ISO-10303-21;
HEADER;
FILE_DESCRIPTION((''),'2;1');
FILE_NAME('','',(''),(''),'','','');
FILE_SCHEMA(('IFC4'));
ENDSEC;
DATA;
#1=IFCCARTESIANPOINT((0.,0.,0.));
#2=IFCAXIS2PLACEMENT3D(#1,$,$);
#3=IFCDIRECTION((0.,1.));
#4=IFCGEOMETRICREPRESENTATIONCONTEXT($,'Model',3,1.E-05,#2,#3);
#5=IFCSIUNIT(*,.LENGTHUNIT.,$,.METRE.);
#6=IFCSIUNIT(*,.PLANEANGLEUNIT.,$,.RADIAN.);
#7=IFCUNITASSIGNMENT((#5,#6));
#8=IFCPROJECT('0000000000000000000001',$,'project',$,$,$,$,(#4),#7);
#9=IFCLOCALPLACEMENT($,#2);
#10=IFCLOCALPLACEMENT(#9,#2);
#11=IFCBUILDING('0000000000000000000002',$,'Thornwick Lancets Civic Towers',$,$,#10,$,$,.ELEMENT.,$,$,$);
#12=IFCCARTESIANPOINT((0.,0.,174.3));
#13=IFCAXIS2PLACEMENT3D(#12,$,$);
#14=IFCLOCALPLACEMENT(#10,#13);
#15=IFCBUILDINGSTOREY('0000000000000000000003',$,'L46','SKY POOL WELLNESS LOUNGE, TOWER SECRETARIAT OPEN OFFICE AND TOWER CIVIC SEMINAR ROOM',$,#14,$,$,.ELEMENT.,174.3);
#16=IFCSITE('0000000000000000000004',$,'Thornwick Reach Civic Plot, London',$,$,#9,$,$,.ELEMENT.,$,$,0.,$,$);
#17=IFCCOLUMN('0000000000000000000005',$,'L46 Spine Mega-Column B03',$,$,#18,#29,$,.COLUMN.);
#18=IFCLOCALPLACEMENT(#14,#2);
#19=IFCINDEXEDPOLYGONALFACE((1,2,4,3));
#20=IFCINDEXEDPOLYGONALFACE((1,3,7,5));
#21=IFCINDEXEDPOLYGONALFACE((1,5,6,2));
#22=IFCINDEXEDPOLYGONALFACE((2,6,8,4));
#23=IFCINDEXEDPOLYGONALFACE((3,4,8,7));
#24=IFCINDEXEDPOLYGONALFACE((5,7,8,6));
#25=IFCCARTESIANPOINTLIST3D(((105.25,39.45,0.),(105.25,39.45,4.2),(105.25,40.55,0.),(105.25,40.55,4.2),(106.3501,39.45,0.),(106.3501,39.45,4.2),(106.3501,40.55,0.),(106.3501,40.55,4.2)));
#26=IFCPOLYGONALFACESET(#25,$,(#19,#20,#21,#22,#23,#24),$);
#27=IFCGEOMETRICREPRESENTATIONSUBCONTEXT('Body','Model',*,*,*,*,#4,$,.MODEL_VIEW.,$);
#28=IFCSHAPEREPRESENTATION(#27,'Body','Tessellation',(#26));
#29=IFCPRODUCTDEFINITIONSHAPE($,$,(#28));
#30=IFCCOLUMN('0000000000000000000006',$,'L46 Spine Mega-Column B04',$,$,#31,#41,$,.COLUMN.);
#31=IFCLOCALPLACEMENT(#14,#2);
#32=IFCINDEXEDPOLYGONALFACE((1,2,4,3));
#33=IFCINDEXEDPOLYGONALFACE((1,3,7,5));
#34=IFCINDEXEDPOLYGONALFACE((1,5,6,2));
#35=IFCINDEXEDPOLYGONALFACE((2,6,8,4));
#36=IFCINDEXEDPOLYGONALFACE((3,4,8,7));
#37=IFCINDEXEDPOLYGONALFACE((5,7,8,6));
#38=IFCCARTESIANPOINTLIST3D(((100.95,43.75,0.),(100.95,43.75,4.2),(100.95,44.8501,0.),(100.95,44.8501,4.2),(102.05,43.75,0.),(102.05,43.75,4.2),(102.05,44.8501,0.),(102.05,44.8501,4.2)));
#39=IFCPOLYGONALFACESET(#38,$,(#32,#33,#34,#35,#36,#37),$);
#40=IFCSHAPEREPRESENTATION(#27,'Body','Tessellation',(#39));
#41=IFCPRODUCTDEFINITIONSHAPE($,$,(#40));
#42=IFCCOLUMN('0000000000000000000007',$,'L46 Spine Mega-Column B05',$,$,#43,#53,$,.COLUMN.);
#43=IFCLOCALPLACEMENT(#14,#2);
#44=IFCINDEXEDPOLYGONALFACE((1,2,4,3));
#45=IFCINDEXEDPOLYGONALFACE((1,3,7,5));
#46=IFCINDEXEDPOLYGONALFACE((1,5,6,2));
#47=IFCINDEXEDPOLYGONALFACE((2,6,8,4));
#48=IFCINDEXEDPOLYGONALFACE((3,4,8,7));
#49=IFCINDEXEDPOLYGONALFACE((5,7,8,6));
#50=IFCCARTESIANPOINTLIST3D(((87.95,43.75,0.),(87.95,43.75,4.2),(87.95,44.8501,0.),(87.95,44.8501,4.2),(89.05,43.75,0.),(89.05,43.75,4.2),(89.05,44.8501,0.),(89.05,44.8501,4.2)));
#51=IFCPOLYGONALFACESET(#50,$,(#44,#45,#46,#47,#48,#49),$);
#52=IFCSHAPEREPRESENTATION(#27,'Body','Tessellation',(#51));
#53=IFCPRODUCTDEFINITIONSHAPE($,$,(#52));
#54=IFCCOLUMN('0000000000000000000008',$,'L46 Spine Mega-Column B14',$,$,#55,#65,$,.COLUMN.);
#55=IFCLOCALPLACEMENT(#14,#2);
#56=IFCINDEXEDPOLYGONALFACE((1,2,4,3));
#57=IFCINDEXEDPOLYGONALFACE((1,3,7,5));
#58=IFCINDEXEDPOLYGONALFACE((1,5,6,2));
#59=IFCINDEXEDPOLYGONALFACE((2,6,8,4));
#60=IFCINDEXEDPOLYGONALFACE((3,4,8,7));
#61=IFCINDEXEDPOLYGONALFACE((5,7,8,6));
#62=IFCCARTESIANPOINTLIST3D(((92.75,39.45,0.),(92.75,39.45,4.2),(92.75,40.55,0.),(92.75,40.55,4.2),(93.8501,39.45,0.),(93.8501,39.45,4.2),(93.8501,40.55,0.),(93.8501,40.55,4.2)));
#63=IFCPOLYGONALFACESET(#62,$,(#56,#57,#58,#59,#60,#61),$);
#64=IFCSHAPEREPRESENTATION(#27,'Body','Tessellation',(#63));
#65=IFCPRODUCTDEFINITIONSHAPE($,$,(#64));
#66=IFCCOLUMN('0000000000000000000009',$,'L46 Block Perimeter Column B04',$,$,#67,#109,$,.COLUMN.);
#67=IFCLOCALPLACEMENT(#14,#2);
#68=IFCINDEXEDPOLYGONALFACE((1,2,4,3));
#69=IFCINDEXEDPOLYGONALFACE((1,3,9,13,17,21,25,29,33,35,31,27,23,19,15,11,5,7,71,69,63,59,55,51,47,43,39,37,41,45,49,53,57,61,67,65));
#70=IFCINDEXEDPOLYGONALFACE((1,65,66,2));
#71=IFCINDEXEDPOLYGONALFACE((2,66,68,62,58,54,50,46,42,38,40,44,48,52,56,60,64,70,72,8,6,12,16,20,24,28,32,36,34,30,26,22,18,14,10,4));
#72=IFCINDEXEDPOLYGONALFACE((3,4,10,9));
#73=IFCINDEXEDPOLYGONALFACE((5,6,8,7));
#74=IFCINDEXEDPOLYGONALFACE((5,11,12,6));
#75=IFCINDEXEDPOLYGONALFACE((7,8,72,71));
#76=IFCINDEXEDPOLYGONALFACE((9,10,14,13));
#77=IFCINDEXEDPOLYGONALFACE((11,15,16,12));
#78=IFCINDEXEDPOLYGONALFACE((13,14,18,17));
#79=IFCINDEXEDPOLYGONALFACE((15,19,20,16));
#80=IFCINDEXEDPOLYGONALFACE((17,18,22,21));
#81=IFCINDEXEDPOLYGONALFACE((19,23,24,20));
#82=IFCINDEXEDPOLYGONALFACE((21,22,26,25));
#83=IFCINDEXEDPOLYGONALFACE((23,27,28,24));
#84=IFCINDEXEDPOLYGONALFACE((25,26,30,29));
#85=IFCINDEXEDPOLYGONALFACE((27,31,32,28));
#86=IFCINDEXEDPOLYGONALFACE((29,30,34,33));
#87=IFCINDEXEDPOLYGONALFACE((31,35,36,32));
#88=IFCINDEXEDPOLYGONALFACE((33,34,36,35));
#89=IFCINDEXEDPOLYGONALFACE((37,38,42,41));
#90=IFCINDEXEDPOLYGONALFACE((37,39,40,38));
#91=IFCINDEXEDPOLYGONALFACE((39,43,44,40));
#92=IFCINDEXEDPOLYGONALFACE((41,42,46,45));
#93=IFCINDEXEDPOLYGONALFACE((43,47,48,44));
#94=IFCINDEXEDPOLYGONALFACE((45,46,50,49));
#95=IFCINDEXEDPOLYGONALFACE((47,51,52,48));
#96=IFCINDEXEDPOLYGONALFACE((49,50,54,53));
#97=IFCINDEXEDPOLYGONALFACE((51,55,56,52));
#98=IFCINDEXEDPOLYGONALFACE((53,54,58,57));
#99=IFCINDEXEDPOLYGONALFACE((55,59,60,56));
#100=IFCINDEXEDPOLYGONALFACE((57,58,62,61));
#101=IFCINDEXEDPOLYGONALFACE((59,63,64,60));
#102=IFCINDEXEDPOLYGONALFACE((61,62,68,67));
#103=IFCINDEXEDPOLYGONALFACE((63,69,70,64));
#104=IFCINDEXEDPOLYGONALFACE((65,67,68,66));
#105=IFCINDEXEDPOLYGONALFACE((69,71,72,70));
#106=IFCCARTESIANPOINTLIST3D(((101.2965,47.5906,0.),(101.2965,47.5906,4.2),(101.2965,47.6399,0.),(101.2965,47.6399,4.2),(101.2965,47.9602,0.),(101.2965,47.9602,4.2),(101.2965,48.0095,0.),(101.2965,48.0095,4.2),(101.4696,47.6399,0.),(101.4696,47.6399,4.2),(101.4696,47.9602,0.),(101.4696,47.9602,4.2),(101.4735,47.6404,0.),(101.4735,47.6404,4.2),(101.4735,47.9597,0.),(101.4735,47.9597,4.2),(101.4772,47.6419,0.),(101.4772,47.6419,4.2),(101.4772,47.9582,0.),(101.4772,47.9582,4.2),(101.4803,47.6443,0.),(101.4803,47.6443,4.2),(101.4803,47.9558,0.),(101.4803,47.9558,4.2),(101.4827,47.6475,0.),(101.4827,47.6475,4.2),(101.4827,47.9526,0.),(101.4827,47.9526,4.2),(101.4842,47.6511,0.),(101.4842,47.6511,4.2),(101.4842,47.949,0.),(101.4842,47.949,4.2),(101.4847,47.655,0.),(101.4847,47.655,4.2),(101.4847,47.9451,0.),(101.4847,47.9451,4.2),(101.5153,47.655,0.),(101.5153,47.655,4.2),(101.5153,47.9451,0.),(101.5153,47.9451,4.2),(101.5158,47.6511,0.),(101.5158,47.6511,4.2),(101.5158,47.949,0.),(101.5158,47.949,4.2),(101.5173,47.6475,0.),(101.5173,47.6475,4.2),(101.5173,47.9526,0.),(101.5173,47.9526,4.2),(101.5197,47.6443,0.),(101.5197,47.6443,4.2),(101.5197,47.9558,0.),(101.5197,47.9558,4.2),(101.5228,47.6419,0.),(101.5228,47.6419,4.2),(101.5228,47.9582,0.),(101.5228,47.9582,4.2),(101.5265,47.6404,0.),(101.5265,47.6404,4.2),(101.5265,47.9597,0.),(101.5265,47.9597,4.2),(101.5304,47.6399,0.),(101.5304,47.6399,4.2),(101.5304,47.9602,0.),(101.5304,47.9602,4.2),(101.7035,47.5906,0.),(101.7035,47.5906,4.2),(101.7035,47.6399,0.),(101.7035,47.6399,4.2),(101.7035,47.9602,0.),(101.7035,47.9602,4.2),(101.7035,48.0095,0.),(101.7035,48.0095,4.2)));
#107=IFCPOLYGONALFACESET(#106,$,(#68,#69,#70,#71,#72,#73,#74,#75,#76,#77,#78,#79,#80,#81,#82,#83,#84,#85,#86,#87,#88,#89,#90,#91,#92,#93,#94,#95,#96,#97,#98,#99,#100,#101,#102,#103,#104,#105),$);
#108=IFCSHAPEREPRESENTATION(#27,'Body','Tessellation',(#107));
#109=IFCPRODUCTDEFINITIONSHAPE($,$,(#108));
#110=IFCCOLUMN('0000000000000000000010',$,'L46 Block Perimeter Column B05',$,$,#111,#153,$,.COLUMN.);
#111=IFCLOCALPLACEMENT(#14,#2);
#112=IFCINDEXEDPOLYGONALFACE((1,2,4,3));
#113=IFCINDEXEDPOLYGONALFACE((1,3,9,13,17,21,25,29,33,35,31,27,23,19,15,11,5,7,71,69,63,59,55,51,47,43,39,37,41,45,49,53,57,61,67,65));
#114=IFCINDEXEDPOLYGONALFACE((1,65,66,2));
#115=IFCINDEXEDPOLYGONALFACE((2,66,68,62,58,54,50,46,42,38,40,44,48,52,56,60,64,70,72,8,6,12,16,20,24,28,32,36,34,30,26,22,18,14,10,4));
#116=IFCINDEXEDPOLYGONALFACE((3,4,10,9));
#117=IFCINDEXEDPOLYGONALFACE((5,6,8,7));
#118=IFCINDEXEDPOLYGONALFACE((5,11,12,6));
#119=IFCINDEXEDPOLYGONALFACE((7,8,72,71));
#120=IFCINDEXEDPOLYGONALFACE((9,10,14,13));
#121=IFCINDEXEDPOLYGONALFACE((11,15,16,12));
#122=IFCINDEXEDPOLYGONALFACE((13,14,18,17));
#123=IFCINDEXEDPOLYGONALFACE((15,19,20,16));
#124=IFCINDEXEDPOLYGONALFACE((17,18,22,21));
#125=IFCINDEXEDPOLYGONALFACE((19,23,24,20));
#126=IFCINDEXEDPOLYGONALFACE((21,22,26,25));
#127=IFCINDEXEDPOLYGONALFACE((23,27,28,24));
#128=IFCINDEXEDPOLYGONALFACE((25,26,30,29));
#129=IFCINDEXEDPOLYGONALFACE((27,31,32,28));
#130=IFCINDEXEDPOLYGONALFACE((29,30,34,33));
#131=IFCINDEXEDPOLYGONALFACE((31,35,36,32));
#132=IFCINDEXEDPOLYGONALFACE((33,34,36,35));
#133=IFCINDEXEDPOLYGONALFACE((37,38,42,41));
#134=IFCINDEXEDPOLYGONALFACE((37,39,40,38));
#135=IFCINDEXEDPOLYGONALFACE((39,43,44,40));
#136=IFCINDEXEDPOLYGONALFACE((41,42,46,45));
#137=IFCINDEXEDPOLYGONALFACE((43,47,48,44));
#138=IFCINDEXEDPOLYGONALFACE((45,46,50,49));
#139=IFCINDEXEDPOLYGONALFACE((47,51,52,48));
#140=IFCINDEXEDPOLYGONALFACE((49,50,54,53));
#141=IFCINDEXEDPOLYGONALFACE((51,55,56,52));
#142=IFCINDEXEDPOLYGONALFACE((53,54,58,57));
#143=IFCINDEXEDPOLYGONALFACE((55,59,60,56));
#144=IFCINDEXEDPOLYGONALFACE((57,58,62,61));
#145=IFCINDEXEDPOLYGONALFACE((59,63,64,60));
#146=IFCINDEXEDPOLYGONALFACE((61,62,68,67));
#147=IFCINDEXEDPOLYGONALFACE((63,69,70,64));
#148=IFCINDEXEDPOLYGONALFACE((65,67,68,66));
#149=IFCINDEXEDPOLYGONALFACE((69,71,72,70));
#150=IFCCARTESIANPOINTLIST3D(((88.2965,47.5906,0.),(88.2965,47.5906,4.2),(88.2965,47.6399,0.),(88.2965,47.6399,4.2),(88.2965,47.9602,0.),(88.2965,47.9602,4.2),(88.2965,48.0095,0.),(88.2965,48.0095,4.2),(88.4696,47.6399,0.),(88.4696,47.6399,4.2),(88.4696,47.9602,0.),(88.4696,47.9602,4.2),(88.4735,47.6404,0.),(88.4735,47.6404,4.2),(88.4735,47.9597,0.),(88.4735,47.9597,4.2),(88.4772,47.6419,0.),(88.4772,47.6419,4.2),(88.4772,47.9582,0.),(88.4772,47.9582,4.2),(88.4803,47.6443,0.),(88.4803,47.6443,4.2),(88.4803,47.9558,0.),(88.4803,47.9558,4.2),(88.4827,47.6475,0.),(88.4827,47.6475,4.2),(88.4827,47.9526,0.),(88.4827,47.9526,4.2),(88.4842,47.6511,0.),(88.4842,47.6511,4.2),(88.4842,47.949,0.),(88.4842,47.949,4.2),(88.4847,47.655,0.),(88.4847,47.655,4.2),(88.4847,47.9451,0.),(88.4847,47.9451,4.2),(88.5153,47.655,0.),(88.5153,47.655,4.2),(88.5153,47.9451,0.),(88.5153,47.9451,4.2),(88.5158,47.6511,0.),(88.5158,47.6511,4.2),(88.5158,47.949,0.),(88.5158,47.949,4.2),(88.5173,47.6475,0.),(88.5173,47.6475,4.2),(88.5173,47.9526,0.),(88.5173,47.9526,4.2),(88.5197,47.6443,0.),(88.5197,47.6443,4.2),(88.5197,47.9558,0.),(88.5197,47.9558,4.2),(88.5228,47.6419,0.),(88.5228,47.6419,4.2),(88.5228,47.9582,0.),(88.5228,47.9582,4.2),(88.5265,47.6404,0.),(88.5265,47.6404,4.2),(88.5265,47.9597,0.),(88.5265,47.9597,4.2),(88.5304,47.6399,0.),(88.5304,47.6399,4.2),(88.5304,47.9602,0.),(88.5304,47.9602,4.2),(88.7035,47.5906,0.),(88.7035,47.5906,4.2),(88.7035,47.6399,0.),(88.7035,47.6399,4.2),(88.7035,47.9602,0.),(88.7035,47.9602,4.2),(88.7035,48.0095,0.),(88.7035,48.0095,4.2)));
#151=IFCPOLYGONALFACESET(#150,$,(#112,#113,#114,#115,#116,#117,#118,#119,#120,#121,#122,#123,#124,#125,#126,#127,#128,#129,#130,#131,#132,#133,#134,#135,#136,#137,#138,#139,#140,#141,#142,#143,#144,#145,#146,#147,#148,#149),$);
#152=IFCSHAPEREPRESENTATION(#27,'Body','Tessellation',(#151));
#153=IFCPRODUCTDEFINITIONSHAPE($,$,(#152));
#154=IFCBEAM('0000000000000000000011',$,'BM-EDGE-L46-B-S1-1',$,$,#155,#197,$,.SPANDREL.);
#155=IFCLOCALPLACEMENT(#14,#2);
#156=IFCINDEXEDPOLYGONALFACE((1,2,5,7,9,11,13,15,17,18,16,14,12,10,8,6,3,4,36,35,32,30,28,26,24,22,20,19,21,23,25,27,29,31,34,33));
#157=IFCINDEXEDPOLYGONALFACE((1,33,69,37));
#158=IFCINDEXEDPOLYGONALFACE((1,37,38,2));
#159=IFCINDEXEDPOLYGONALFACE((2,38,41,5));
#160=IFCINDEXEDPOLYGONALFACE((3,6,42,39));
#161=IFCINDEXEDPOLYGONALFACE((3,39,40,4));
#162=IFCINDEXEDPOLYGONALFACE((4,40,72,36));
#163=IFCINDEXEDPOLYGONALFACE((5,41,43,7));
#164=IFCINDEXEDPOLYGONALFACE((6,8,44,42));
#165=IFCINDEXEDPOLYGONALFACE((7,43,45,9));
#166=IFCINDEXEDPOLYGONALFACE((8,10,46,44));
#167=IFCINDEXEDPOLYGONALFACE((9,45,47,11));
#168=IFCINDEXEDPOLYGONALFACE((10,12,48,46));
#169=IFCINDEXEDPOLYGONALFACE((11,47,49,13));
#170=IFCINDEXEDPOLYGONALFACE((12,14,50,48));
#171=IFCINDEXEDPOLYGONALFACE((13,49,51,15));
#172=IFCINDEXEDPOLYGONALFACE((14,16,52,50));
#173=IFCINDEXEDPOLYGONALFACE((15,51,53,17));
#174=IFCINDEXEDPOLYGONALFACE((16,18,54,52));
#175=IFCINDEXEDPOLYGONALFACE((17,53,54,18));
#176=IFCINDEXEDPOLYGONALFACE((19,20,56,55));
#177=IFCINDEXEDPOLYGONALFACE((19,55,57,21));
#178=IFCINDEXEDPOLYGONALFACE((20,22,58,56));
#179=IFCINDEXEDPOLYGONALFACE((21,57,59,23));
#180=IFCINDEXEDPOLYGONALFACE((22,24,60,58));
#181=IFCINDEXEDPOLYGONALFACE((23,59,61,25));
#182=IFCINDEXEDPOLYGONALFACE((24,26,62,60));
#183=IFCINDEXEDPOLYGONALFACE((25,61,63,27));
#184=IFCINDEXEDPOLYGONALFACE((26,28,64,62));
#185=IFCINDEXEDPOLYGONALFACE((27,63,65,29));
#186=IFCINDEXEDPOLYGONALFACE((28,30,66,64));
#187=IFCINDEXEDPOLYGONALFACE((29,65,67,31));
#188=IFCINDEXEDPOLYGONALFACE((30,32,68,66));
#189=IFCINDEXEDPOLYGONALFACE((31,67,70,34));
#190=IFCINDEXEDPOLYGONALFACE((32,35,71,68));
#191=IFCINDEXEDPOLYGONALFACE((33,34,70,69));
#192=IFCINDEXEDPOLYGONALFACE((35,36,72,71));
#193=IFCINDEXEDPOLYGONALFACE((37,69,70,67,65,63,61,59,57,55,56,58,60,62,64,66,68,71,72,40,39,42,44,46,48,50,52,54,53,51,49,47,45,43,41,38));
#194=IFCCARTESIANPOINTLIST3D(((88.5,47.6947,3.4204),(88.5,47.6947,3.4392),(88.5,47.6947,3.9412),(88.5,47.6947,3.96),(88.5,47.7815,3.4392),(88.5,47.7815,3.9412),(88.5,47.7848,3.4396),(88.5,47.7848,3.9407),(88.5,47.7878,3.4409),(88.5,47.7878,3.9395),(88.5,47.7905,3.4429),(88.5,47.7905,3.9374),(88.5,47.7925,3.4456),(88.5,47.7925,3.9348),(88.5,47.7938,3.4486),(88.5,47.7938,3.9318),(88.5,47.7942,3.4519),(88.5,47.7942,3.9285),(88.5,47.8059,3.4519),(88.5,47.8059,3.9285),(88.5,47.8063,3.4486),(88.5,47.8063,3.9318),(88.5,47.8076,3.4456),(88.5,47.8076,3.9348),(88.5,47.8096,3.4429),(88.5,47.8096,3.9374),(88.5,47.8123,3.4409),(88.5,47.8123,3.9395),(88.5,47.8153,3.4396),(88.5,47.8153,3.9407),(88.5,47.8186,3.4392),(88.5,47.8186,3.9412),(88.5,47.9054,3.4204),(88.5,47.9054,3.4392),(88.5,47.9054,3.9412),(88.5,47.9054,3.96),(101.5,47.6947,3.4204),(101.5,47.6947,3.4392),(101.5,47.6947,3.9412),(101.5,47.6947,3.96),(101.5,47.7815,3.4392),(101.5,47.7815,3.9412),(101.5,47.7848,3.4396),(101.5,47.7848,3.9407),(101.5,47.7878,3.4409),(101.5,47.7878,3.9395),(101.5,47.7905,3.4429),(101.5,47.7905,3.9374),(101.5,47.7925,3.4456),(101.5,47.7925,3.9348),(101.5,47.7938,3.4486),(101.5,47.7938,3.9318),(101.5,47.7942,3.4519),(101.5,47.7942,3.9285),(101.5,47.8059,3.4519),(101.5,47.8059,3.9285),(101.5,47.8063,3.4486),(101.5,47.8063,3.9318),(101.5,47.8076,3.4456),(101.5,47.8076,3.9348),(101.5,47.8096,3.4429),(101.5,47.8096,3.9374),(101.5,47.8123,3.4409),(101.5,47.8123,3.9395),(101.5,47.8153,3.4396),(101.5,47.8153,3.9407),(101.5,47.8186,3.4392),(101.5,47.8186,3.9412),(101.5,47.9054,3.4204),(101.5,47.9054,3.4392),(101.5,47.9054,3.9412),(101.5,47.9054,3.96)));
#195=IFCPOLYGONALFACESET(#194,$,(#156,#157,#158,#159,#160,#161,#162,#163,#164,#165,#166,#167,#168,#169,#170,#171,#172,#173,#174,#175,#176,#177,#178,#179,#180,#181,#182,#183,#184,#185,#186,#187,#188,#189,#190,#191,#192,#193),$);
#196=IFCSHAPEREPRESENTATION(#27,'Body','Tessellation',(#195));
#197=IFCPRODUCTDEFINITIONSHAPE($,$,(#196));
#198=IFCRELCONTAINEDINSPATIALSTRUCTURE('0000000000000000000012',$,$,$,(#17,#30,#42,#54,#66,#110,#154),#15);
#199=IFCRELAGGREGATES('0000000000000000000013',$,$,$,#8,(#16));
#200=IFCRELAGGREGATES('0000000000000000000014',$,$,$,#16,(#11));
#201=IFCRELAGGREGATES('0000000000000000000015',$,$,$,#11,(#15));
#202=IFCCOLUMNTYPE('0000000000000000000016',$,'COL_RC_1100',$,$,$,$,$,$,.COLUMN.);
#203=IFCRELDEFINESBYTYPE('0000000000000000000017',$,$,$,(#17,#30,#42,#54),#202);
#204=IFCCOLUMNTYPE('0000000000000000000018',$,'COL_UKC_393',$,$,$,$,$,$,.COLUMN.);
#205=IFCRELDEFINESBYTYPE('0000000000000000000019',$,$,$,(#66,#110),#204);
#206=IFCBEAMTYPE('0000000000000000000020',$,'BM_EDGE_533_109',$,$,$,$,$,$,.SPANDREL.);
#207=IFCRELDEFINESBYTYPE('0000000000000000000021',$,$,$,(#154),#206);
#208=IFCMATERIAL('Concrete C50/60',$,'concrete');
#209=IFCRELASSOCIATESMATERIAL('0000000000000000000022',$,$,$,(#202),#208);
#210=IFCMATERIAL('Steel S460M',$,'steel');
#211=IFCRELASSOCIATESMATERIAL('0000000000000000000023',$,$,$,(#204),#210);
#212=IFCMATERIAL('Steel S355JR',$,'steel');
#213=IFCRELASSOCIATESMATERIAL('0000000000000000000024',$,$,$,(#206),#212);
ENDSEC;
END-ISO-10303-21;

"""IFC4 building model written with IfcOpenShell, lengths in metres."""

from ifc_helpers import new_model, si_unit, direction, frame, origin, origin_2d, place, context, subcontext, project, spatial, rectangle, i_section, extrude, material, material_profile, profile_set, type_object, element, save


model = new_model("IFC4")

# Units and contexts
model_context = context("Model", 3, precision=1e-05, world=origin(), true_north=direction((0.0, 1.0)))
body_context = subcontext(model_context, "Body", "Model", "MODEL_VIEW")
ifc_project = project(units=[si_unit("LENGTHUNIT", "METRE"), si_unit("PLANEANGLEUNIT", "RADIAN")], contexts=[model_context])

# Site, building, storey
site_placement = place(None, origin())
site = spatial("IfcSite", under=ifc_project, at=site_placement, Name="Thornwick Reach Civic Plot, London", CompositionType="ELEMENT", RefElevation=0.0)
building_placement = place(site_placement, origin())
building = spatial("IfcBuilding", under=site, at=building_placement, Name="Thornwick Lancets Civic Towers", CompositionType="ELEMENT")
storey_placement = place(building_placement, frame((0.0, 0.0, 174.3)))
storey = spatial("IfcBuildingStorey", under=building, at=storey_placement, Name="L46", Description="SKY POOL WELLNESS LOUNGE, TOWER SECRETARIAT OPEN OFFICE AND TOWER CIVIC SEMINAR ROOM", CompositionType="ELEMENT", Elevation=174.3)

# Columns
ifc_material_1 = material(Name="Concrete C50/60", Category="concrete")
ifc_material_profile_1 = material_profile(ifc_material_1, rectangle(XDim=1.1001, YDim=1.1001, at=origin_2d()), Name="RC 1100x1100")
ifc_profile_set_1 = profile_set([ifc_material_profile_1], Name="Concrete C50/60")
column_type_1 = type_object("IfcColumnType", Name="COL_RC_1100", PredefinedType="COLUMN", material=ifc_profile_set_1)
for number, where, z_axis, x_axis, name in (
    (1, (105.8, 40.0, 0.0), (0.0, 0.0, 1.0), (1.0, 0.0, 0.0), "L46 Spine Mega-Column B03"),
    (2, (101.5, 44.3, 0.0), (0.0, 0.0, 1.0), (1.0, 0.0, 0.0), "L46 Spine Mega-Column B04"),
    (3, (88.5, 44.3, 0.0), (0.0, 0.0, 1.0), (1.0, 0.0, 0.0), "L46 Spine Mega-Column B05"),
    (4, (93.3, 40.0, 0.0), (0.0, 0.0, 1.0), (1.0, 0.0, 0.0), "L46 Spine Mega-Column B14"),
):
    element("IfcColumn", number, at=place(storey_placement, frame(where, z_axis=z_axis, x_axis=x_axis)), inside=storey, type_object=column_type_1, Name=name, PredefinedType="COLUMN", context=body_context, shape_type="SweptSolid", body=[
        extrude(rectangle(XDim=1.1001, YDim=1.1001, at=origin_2d()), origin(), (0.0, 0.0, 1.0), 4.2),
    ])
ifc_material_2 = material(Name="Steel S460M", Category="steel")
ifc_material_profile_2 = material_profile(ifc_material_2, i_section(OverallWidth=0.407, OverallDepth=0.4189, WebThickness=0.0305, FlangeThickness=0.0493, FilletRadius=0.0151, at=origin_2d()), Name="UKC 356x406x393")
ifc_profile_set_2 = profile_set([ifc_material_profile_2], Name="Steel S460M")
column_type_2 = type_object("IfcColumnType", Name="COL_UKC_393", PredefinedType="COLUMN", material=ifc_profile_set_2)
for number, where, z_axis, x_axis, name in (
    (5, (101.5, 47.8, 0.0), (0.0, 0.0, 1.0), (1.0, 0.0, 0.0), "L46 Block Perimeter Column B04"),
    (6, (88.5, 47.8, 0.0), (0.0, 0.0, 1.0), (1.0, 0.0, 0.0), "L46 Block Perimeter Column B05"),
):
    element("IfcColumn", number, at=place(storey_placement, frame(where, z_axis=z_axis, x_axis=x_axis)), inside=storey, type_object=column_type_2, Name=name, PredefinedType="COLUMN", context=body_context, shape_type="SweptSolid", body=[
        extrude(i_section(OverallWidth=0.407, OverallDepth=0.4189, WebThickness=0.0305, FlangeThickness=0.0493, FilletRadius=0.0151, at=origin_2d()), origin(), (0.0, 0.0, 1.0), 4.2),
    ])

# Beam
ifc_material_3 = material(Name="Steel S355JR", Category="steel")
ifc_material_profile_3 = material_profile(ifc_material_3, i_section(OverallWidth=0.2107, OverallDepth=0.5396, WebThickness=0.0117, FlangeThickness=0.0188, FilletRadius=0.0127, at=origin_2d()), Name="UKB 533x210x109")
ifc_profile_set_3 = profile_set([ifc_material_profile_3], Name="Steel S355JR")
beam_type_1 = type_object("IfcBeamType", Name="BM_EDGE_533_109", PredefinedType="SPANDREL", material=ifc_profile_set_3)
beam_1_placement = place(storey_placement, frame((101.5, 47.8, 3.6902), z_axis=(-1.0, 0.0, 0.0), x_axis=(0.0, -1.0, 0.0)))
element("IfcBeam", 7, at=beam_1_placement, inside=storey, type_object=beam_type_1, Name="BM-EDGE-L46-B-S1-1", PredefinedType="SPANDREL", context=body_context, shape_type="SweptSolid", body=[
    extrude(i_section(OverallWidth=0.2107, OverallDepth=0.5396, WebThickness=0.0117, FlangeThickness=0.0188, FilletRadius=0.0127, at=origin_2d()), origin(), (0.0, 0.0, 1.0), 13.0),
])

save(model, "model.ifc")
